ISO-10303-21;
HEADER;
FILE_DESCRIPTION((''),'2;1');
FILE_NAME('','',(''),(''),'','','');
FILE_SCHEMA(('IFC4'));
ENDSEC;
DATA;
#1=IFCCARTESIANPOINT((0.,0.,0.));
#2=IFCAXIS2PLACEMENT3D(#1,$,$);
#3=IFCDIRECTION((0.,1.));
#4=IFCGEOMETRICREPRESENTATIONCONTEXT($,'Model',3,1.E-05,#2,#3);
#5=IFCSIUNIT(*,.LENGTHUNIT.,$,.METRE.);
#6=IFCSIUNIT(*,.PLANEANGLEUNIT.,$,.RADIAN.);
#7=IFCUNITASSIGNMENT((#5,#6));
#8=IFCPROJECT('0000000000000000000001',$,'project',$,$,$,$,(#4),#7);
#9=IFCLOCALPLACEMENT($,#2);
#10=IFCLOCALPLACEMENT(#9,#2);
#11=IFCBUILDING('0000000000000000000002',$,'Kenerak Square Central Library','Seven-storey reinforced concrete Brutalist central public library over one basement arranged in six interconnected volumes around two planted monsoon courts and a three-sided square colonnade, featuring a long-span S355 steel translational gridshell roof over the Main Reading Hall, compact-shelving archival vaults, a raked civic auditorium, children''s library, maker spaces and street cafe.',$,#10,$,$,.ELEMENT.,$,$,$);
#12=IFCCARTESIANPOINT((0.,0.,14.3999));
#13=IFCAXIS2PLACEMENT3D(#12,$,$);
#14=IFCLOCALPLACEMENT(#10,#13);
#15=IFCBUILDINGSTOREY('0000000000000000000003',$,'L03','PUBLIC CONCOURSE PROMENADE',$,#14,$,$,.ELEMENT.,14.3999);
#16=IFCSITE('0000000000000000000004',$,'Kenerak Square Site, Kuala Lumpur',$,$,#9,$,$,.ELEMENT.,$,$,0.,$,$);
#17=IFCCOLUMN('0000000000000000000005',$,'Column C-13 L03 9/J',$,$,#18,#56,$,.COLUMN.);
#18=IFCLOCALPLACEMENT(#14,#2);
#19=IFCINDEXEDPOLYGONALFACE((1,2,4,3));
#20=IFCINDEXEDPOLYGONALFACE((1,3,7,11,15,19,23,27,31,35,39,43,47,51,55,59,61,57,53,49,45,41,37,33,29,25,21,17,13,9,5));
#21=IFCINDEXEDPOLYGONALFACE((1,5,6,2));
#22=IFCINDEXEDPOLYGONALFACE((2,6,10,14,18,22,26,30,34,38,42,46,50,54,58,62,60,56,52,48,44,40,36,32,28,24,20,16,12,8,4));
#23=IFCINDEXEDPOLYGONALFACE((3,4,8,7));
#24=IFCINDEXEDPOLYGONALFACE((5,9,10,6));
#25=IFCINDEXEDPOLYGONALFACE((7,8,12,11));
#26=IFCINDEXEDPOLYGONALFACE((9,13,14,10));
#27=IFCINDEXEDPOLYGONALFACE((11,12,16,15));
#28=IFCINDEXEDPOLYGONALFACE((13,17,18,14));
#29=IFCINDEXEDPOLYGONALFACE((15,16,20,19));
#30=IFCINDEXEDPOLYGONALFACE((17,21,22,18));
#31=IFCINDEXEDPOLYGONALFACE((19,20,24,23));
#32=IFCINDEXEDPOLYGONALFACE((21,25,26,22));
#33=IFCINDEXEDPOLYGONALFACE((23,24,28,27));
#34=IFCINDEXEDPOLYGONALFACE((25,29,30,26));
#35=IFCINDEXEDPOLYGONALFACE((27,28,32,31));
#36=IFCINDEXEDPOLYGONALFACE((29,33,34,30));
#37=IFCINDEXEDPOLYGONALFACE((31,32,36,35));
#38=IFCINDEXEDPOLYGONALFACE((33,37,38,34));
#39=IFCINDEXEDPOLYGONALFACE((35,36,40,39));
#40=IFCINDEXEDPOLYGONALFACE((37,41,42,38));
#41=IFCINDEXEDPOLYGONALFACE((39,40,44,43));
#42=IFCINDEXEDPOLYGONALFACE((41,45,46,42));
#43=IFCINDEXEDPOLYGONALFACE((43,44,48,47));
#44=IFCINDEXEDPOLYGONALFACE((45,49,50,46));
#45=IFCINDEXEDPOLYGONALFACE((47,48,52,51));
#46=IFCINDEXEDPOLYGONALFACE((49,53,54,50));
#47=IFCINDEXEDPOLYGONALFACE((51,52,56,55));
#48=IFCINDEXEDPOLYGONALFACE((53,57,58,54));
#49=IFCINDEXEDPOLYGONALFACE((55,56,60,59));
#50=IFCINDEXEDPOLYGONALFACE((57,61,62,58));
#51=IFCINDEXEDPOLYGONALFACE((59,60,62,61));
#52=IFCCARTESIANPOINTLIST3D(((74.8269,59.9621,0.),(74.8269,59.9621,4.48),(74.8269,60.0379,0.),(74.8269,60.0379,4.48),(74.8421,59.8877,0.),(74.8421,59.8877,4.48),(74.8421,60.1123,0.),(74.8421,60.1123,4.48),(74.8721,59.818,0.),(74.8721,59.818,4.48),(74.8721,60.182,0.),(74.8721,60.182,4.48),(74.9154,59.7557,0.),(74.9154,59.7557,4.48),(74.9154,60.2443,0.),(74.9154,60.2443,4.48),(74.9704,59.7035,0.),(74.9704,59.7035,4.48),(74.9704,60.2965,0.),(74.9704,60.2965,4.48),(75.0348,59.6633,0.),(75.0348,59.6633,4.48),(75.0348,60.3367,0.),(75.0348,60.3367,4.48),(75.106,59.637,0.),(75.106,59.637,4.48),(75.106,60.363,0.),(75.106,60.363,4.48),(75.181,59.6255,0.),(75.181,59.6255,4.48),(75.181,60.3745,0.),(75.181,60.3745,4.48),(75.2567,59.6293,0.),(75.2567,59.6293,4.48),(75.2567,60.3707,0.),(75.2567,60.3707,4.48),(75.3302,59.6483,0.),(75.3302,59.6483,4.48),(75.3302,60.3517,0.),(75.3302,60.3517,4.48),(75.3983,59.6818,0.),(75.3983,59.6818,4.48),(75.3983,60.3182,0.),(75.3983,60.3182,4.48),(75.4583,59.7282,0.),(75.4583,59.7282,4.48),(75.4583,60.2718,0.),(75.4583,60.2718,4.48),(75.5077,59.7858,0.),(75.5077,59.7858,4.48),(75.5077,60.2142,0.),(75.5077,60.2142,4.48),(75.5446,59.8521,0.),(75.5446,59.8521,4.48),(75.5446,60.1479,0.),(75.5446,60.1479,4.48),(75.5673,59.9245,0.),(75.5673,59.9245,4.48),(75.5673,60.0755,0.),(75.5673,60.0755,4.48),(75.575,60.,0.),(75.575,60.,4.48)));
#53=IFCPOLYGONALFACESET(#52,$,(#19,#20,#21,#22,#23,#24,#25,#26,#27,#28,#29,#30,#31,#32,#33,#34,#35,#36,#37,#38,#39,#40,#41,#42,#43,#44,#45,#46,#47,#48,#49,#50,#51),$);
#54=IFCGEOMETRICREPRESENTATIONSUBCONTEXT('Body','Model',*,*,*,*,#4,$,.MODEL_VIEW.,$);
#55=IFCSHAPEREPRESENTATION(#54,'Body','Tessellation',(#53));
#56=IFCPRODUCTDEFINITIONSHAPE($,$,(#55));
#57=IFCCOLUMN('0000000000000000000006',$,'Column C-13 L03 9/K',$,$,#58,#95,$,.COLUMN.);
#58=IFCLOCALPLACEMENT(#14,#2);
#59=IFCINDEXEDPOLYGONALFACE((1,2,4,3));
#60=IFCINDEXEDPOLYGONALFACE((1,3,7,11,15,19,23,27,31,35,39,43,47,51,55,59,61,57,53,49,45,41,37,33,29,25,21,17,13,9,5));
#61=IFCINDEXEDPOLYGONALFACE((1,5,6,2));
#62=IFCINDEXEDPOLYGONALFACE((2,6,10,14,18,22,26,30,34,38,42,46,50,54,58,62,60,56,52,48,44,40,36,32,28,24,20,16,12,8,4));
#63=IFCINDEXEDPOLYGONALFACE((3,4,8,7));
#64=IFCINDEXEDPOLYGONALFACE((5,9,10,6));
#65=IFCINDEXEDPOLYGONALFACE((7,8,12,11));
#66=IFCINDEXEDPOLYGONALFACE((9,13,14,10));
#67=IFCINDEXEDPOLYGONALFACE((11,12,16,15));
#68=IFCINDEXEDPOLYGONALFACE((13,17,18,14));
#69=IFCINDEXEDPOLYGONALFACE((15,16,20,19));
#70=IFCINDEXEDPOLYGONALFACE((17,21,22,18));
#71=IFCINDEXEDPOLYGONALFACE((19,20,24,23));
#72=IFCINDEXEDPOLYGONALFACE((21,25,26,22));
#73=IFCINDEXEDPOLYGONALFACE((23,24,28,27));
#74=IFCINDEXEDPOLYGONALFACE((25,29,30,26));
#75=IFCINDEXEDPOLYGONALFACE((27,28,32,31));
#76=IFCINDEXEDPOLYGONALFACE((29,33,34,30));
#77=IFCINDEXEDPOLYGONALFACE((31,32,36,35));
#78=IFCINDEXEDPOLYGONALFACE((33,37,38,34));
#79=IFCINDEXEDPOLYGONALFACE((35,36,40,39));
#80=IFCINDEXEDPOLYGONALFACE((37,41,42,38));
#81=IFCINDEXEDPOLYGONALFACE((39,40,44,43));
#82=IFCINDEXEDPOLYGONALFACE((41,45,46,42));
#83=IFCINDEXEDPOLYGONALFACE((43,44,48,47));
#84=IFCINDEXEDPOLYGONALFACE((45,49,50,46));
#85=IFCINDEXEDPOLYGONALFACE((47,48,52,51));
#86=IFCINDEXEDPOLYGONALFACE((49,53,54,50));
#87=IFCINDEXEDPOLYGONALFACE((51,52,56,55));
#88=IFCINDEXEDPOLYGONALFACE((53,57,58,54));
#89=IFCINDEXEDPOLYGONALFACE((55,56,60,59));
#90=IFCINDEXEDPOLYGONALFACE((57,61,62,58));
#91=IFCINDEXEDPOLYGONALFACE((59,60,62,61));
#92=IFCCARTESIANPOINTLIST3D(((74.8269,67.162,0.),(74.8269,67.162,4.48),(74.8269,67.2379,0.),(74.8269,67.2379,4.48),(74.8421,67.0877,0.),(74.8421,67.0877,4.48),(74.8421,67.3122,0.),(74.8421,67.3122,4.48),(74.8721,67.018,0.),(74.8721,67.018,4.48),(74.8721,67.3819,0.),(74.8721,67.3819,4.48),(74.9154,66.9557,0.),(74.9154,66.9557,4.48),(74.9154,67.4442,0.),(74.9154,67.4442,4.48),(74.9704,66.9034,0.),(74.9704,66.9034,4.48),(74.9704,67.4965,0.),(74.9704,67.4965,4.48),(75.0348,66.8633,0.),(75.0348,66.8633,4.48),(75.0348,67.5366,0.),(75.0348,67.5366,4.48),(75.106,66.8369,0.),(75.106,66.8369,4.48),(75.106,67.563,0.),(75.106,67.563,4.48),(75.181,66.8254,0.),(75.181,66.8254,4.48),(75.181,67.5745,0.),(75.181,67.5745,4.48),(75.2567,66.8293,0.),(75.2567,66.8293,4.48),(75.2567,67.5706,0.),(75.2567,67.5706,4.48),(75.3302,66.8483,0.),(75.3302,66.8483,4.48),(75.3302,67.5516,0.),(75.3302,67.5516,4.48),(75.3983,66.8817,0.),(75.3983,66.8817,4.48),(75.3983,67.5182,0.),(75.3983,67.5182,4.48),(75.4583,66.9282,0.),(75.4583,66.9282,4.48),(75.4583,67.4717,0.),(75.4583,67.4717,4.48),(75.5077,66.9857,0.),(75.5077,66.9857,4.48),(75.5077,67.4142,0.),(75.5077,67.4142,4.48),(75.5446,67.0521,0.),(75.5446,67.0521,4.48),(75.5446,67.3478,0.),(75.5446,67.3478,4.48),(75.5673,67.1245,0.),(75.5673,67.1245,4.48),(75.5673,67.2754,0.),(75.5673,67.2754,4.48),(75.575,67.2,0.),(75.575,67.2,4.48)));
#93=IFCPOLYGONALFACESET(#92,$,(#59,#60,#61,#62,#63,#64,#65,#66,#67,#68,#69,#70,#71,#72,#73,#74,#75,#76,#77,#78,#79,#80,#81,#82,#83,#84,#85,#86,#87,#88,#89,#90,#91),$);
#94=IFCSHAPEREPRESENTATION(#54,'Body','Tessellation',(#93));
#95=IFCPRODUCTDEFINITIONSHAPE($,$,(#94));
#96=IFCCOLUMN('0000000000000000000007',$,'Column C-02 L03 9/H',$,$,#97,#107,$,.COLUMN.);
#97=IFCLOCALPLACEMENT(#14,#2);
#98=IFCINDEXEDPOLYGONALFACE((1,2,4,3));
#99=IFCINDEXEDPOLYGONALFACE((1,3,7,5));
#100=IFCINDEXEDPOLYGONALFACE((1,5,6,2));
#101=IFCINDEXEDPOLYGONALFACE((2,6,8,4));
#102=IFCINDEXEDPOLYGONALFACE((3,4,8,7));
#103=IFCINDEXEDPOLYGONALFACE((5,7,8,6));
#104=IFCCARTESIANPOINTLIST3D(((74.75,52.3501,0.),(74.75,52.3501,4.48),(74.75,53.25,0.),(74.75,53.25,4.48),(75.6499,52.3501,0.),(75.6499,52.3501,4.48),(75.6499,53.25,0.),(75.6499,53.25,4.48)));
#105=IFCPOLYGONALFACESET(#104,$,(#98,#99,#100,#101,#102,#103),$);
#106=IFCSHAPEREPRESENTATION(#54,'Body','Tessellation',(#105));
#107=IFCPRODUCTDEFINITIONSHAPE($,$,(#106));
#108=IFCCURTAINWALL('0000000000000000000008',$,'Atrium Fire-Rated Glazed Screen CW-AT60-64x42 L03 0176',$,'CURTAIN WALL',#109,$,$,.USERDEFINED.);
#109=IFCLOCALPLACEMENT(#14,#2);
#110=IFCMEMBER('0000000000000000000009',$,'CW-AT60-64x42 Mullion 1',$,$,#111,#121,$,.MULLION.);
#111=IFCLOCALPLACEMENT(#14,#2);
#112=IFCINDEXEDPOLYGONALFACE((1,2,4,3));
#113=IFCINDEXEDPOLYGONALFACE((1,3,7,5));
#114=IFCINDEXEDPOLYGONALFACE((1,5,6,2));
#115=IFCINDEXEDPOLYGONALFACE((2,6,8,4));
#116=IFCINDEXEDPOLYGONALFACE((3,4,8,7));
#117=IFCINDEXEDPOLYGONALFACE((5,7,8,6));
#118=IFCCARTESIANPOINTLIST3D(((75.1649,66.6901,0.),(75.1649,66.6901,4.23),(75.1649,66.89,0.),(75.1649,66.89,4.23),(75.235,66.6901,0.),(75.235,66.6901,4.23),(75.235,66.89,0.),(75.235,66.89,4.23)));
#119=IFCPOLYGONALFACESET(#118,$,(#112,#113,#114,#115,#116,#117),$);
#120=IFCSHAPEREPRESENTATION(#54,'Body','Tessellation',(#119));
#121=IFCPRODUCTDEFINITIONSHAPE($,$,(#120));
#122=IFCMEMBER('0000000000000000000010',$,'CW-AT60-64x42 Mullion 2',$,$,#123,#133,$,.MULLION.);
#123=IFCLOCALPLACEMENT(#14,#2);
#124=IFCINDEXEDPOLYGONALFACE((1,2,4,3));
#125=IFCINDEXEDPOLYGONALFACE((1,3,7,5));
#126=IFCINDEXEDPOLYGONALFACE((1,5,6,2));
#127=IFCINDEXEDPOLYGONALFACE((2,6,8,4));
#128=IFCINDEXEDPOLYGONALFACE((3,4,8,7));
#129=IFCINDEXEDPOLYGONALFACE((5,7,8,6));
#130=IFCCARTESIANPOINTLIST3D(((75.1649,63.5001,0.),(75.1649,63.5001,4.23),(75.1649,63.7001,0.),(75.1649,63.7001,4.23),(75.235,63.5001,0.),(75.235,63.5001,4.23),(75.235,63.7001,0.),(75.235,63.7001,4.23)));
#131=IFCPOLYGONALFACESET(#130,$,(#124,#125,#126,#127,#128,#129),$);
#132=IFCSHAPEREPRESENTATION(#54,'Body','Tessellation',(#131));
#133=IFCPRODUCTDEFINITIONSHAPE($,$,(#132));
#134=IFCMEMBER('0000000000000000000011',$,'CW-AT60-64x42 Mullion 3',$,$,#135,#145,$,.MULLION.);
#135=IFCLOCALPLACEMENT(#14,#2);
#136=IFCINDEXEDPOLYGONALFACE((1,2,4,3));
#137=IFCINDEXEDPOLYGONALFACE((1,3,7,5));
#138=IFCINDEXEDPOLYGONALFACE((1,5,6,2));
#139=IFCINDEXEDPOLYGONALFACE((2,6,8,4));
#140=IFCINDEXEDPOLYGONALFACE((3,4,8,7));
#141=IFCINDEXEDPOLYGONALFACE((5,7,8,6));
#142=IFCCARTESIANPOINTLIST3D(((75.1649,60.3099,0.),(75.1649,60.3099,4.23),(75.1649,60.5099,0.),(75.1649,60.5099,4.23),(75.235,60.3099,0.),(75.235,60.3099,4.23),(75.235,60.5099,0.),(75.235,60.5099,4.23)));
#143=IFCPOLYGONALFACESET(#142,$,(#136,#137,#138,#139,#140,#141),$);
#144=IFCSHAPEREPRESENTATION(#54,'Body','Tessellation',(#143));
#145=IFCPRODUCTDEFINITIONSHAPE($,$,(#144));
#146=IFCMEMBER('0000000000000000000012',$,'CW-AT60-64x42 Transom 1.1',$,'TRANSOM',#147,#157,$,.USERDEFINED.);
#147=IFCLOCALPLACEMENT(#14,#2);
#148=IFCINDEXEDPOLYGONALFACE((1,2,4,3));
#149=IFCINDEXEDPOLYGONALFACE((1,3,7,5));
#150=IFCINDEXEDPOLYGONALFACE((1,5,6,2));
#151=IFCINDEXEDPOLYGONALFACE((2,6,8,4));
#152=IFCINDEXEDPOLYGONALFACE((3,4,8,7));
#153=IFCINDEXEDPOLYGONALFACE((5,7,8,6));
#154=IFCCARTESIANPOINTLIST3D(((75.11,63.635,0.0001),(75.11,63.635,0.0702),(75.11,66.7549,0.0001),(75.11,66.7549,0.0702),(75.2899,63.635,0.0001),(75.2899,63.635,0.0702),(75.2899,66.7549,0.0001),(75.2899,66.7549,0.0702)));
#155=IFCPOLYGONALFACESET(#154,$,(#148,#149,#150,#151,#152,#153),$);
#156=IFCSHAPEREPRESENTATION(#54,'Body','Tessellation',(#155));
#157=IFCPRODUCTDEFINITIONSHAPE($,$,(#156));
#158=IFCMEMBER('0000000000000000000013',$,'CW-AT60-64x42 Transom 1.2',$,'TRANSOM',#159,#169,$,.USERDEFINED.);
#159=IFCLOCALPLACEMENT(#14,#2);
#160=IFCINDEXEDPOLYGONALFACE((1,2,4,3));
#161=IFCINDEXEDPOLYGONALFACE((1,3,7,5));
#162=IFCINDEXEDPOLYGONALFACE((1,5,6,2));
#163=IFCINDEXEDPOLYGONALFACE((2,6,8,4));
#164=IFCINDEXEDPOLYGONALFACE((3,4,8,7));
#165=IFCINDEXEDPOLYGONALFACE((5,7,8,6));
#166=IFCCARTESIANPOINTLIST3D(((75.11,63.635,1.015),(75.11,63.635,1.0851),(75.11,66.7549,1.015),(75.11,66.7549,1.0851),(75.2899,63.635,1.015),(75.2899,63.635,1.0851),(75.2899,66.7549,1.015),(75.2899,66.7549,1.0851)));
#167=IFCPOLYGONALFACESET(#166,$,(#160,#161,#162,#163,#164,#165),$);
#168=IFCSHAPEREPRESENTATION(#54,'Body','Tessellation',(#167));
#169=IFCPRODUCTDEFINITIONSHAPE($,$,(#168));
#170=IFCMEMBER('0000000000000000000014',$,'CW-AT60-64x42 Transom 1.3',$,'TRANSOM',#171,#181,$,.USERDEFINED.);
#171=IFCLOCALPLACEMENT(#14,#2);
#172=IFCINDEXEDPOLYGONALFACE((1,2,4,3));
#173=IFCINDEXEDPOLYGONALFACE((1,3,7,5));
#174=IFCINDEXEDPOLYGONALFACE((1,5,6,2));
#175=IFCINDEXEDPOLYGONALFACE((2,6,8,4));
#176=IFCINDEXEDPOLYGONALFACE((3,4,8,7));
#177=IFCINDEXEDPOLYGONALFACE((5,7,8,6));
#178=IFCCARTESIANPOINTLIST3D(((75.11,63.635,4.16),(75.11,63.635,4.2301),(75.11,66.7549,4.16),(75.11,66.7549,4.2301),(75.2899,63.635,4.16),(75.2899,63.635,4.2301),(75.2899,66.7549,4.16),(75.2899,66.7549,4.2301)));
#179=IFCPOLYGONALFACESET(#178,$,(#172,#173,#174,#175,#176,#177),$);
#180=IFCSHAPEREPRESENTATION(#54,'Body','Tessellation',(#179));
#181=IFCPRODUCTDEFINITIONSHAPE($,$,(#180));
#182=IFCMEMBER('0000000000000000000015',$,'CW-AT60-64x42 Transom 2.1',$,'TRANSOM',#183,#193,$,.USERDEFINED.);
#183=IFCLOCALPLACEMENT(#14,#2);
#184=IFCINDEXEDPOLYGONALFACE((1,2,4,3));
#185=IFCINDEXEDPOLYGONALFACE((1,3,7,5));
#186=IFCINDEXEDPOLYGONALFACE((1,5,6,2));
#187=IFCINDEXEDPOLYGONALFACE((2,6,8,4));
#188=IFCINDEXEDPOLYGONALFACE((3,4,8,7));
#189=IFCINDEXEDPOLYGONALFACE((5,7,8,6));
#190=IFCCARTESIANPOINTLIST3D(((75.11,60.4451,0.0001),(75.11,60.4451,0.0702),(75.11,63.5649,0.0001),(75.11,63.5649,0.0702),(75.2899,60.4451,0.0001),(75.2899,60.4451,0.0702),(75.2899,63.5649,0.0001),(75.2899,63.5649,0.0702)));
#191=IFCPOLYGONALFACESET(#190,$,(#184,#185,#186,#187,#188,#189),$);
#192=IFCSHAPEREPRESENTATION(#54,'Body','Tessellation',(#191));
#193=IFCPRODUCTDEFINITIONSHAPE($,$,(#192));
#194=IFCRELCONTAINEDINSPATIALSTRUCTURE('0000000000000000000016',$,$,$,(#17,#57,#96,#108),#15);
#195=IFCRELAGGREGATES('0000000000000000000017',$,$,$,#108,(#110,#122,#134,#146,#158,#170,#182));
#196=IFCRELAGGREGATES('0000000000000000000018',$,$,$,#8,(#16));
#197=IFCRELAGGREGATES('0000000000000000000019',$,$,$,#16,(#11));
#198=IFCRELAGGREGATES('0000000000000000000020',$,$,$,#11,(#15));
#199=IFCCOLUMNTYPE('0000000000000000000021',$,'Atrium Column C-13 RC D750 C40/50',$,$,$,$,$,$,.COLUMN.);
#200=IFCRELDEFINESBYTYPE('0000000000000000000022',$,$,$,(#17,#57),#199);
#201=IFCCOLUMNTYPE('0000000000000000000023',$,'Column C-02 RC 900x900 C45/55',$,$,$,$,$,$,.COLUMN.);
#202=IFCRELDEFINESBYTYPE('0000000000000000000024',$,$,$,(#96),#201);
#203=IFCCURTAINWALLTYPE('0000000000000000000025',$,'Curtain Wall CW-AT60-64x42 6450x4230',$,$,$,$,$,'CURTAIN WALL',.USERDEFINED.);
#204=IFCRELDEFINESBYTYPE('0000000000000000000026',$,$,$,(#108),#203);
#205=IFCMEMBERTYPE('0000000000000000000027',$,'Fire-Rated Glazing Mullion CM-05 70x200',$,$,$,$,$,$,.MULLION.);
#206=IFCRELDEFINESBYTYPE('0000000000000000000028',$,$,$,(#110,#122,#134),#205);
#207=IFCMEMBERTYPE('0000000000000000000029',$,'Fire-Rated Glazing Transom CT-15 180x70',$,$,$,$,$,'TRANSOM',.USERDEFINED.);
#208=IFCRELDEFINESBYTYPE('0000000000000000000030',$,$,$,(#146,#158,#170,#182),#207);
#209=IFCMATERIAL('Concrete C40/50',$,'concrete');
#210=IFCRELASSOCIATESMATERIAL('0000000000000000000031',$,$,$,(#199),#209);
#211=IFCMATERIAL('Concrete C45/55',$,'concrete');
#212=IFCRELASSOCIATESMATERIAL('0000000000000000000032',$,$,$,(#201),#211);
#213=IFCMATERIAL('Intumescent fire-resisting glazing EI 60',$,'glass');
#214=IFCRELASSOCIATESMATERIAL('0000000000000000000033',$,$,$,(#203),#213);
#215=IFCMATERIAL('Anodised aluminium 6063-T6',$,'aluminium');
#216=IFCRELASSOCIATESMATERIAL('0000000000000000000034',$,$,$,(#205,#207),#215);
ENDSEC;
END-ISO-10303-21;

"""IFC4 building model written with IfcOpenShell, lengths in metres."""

from ifc_helpers import new_model, si_unit, direction, frame, origin, origin_2d, place, context, subcontext, project, spatial, rectangle, circle, extrude, material, material_profile, profile_set, type_object, element, aggregate, save


model = new_model("IFC4")

# Units and contexts
model_context = context("Model", 3, precision=1e-05, world=origin(), true_north=direction((0.0, 1.0)))
body_context = subcontext(model_context, "Body", "Model", "MODEL_VIEW")
ifc_project = project(units=[si_unit("LENGTHUNIT", "METRE"), si_unit("PLANEANGLEUNIT", "RADIAN")], contexts=[model_context])

# Site, building, storey
site_placement = place(None, origin())
site = spatial("IfcSite", under=ifc_project, at=site_placement, Name="Kenerak Square Site, Kuala Lumpur", CompositionType="ELEMENT", RefElevation=0.0)
building_placement = place(site_placement, origin())
building = spatial("IfcBuilding", under=site, at=building_placement, Name="Kenerak Square Central Library", Description="Seven-storey reinforced concrete Brutalist central public library over one basement arranged in six interconnected volumes around two planted monsoon courts and a three-sided square colonnade, featuring a long-span S355 steel translational gridshell roof over the Main Reading Hall, compact-shelving archival vaults, a raked civic auditorium, children's library, maker spaces and street cafe.", CompositionType="ELEMENT")
storey_placement = place(building_placement, frame((0.0, 0.0, 14.3999)))
storey = spatial("IfcBuildingStorey", under=building, at=storey_placement, Name="L03", Description="PUBLIC CONCOURSE PROMENADE", CompositionType="ELEMENT", Elevation=14.3999)

# Columns
ifc_material_1 = material(Name="Concrete C40/50", Category="concrete")
ifc_material_profile_1 = material_profile(ifc_material_1, circle(Radius=0.375, at=origin_2d()), Name="RC D750")
ifc_profile_set_1 = profile_set([ifc_material_profile_1], Name="Concrete C40/50")
column_type_1 = type_object("IfcColumnType", Name="Atrium Column C-13 RC D750 C40/50", PredefinedType="COLUMN", material=ifc_profile_set_1)
for number, where, z_axis, x_axis, name in (
    (1, (75.2, 60.0, 0.0), (0.0, 0.0, 1.0), (1.0, 0.0, 0.0), "Column C-13 L03 9/J"),
    (2, (75.2, 67.2, 0.0), (0.0, 0.0, 1.0), (1.0, 0.0, 0.0), "Column C-13 L03 9/K"),
):
    element("IfcColumn", number, at=place(storey_placement, frame(where, z_axis=z_axis, x_axis=x_axis)), inside=storey, type_object=column_type_1, Name=name, PredefinedType="COLUMN", context=body_context, shape_type="SweptSolid", body=[
        extrude(circle(Radius=0.375, at=origin_2d()), origin(), (0.0, 0.0, 1.0), 4.48),
    ])
ifc_material_2 = material(Name="Concrete C45/55", Category="concrete")
ifc_material_profile_2 = material_profile(ifc_material_2, rectangle(XDim=0.8999, YDim=0.8999, at=origin_2d()), Name="RC 900x900")
ifc_profile_set_2 = profile_set([ifc_material_profile_2], Name="Concrete C45/55")
column_type_2 = type_object("IfcColumnType", Name="Column C-02 RC 900x900 C45/55", PredefinedType="COLUMN", material=ifc_profile_set_2)
column_placement = place(storey_placement, frame((75.2, 52.8, 0.0), z_axis=(0.0, 0.0, 1.0), x_axis=(1.0, 0.0, 0.0)))
element("IfcColumn", 3, at=column_placement, inside=storey, type_object=column_type_2, Name="Column C-02 L03 9/H", PredefinedType="COLUMN", context=body_context, shape_type="SweptSolid", body=[
    extrude(rectangle(XDim=0.8999, YDim=0.8999, at=origin_2d()), origin(), (0.0, 0.0, 1.0), 4.48),
])

# Curtain wall, members
ifc_material_3 = material(Name="Intumescent fire-resisting glazing EI 60", Category="glass")
curtain_wall_type = type_object("IfcCurtainWallType", Name="Curtain Wall CW-AT60-64x42 6450x4230", ElementType="CURTAIN WALL", PredefinedType="USERDEFINED", material=ifc_material_3)
curtain_wall_placement = place(storey_placement, origin())
curtain_wall = element("IfcCurtainWall", 4, at=curtain_wall_placement, inside=storey, type_object=curtain_wall_type, Name="Atrium Fire-Rated Glazed Screen CW-AT60-64x42 L03 0176", ObjectType="CURTAIN WALL", PredefinedType="USERDEFINED")
ifc_material_4 = material(Name="Anodised aluminium 6063-T6", Category="aluminium")
ifc_material_profile_3 = material_profile(ifc_material_4, rectangle(XDim=0.0701, YDim=0.2, at=origin_2d()), Name="AL MULLION 70x200")
ifc_profile_set_3 = profile_set([ifc_material_profile_3], Name="Anodised aluminium 6063-T6")
member_type_1 = type_object("IfcMemberType", Name="Fire-Rated Glazing Mullion CM-05 70x200", PredefinedType="MULLION", material=ifc_profile_set_3)
member_1_placement = place(storey_placement, frame((75.2, 66.79, 0.0), z_axis=(0.0, 0.0, 1.0), x_axis=(1.0, 0.0, 0.0)))
member_1 = element("IfcMember", 5, at=member_1_placement, type_object=member_type_1, Name="CW-AT60-64x42 Mullion 1", PredefinedType="MULLION", context=body_context, shape_type="SweptSolid", body=[
    extrude(rectangle(XDim=0.0701, YDim=0.2, at=origin_2d()), origin(), (0.0, 0.0, 1.0), 4.23),
])
member_2_placement = place(storey_placement, frame((75.2, 63.6001, 0.0), z_axis=(0.0, 0.0, 1.0), x_axis=(1.0, 0.0, 0.0)))
member_2 = element("IfcMember", 6, at=member_2_placement, type_object=member_type_1, Name="CW-AT60-64x42 Mullion 2", PredefinedType="MULLION", context=body_context, shape_type="SweptSolid", body=[
    extrude(rectangle(XDim=0.0701, YDim=0.2, at=origin_2d()), origin(), (0.0, 0.0, 1.0), 4.23),
])
member_3_placement = place(storey_placement, frame((75.2, 60.4099, 0.0), z_axis=(0.0, 0.0, 1.0), x_axis=(1.0, 0.0, 0.0)))
member_3 = element("IfcMember", 7, at=member_3_placement, type_object=member_type_1, Name="CW-AT60-64x42 Mullion 3", PredefinedType="MULLION", context=body_context, shape_type="SweptSolid", body=[
    extrude(rectangle(XDim=0.0701, YDim=0.2, at=origin_2d()), origin(), (0.0, 0.0, 1.0), 4.23),
])
ifc_material_profile_4 = material_profile(ifc_material_4, rectangle(XDim=0.1799, YDim=0.0701, at=origin_2d()), Name="AL TRANSOM 180x70")
ifc_profile_set_4 = profile_set([ifc_material_profile_4], Name="Anodised aluminium 6063-T6")
member_type_2 = type_object("IfcMemberType", Name="Fire-Rated Glazing Transom CT-15 180x70", ElementType="TRANSOM", PredefinedType="USERDEFINED", material=ifc_profile_set_4)
member_4_placement = place(storey_placement, frame((75.2, 66.7549, 0.0352), z_axis=(0.0, -1.0, 0.0), x_axis=(1.0, 0.0, 0.0)))
member_4 = element("IfcMember", 8, at=member_4_placement, type_object=member_type_2, Name="CW-AT60-64x42 Transom 1.1", ObjectType="TRANSOM", PredefinedType="USERDEFINED", context=body_context, shape_type="SweptSolid", body=[
    extrude(rectangle(XDim=0.1799, YDim=0.0701, at=origin_2d()), origin(), (0.0, 0.0, 1.0), 3.1199),
])
member_5_placement = place(storey_placement, frame((75.2, 66.7549, 1.05), z_axis=(0.0, -1.0, 0.0), x_axis=(1.0, 0.0, 0.0)))
member_5 = element("IfcMember", 9, at=member_5_placement, type_object=member_type_2, Name="CW-AT60-64x42 Transom 1.2", ObjectType="TRANSOM", PredefinedType="USERDEFINED", context=body_context, shape_type="SweptSolid", body=[
    extrude(rectangle(XDim=0.1799, YDim=0.0701, at=origin_2d()), origin(), (0.0, 0.0, 1.0), 3.1199),
])
member_6_placement = place(storey_placement, frame((75.2, 66.7549, 4.1951), z_axis=(0.0, -1.0, 0.0), x_axis=(1.0, 0.0, 0.0)))
member_6 = element("IfcMember", 10, at=member_6_placement, type_object=member_type_2, Name="CW-AT60-64x42 Transom 1.3", ObjectType="TRANSOM", PredefinedType="USERDEFINED", context=body_context, shape_type="SweptSolid", body=[
    extrude(rectangle(XDim=0.1799, YDim=0.0701, at=origin_2d()), origin(), (0.0, 0.0, 1.0), 3.1199),
])
member_7_placement = place(storey_placement, frame((75.2, 63.5649, 0.0352), z_axis=(0.0, -1.0, 0.0), x_axis=(1.0, 0.0, 0.0)))
member_7 = element("IfcMember", 11, at=member_7_placement, type_object=member_type_2, Name="CW-AT60-64x42 Transom 2.1", ObjectType="TRANSOM", PredefinedType="USERDEFINED", context=body_context, shape_type="SweptSolid", body=[
    extrude(rectangle(XDim=0.1799, YDim=0.0701, at=origin_2d()), origin(), (0.0, 0.0, 1.0), 3.1199),
])

aggregate(curtain_wall, [member_1, member_2, member_3, member_4, member_5, member_6, member_7])

save(model, "model.ifc")
